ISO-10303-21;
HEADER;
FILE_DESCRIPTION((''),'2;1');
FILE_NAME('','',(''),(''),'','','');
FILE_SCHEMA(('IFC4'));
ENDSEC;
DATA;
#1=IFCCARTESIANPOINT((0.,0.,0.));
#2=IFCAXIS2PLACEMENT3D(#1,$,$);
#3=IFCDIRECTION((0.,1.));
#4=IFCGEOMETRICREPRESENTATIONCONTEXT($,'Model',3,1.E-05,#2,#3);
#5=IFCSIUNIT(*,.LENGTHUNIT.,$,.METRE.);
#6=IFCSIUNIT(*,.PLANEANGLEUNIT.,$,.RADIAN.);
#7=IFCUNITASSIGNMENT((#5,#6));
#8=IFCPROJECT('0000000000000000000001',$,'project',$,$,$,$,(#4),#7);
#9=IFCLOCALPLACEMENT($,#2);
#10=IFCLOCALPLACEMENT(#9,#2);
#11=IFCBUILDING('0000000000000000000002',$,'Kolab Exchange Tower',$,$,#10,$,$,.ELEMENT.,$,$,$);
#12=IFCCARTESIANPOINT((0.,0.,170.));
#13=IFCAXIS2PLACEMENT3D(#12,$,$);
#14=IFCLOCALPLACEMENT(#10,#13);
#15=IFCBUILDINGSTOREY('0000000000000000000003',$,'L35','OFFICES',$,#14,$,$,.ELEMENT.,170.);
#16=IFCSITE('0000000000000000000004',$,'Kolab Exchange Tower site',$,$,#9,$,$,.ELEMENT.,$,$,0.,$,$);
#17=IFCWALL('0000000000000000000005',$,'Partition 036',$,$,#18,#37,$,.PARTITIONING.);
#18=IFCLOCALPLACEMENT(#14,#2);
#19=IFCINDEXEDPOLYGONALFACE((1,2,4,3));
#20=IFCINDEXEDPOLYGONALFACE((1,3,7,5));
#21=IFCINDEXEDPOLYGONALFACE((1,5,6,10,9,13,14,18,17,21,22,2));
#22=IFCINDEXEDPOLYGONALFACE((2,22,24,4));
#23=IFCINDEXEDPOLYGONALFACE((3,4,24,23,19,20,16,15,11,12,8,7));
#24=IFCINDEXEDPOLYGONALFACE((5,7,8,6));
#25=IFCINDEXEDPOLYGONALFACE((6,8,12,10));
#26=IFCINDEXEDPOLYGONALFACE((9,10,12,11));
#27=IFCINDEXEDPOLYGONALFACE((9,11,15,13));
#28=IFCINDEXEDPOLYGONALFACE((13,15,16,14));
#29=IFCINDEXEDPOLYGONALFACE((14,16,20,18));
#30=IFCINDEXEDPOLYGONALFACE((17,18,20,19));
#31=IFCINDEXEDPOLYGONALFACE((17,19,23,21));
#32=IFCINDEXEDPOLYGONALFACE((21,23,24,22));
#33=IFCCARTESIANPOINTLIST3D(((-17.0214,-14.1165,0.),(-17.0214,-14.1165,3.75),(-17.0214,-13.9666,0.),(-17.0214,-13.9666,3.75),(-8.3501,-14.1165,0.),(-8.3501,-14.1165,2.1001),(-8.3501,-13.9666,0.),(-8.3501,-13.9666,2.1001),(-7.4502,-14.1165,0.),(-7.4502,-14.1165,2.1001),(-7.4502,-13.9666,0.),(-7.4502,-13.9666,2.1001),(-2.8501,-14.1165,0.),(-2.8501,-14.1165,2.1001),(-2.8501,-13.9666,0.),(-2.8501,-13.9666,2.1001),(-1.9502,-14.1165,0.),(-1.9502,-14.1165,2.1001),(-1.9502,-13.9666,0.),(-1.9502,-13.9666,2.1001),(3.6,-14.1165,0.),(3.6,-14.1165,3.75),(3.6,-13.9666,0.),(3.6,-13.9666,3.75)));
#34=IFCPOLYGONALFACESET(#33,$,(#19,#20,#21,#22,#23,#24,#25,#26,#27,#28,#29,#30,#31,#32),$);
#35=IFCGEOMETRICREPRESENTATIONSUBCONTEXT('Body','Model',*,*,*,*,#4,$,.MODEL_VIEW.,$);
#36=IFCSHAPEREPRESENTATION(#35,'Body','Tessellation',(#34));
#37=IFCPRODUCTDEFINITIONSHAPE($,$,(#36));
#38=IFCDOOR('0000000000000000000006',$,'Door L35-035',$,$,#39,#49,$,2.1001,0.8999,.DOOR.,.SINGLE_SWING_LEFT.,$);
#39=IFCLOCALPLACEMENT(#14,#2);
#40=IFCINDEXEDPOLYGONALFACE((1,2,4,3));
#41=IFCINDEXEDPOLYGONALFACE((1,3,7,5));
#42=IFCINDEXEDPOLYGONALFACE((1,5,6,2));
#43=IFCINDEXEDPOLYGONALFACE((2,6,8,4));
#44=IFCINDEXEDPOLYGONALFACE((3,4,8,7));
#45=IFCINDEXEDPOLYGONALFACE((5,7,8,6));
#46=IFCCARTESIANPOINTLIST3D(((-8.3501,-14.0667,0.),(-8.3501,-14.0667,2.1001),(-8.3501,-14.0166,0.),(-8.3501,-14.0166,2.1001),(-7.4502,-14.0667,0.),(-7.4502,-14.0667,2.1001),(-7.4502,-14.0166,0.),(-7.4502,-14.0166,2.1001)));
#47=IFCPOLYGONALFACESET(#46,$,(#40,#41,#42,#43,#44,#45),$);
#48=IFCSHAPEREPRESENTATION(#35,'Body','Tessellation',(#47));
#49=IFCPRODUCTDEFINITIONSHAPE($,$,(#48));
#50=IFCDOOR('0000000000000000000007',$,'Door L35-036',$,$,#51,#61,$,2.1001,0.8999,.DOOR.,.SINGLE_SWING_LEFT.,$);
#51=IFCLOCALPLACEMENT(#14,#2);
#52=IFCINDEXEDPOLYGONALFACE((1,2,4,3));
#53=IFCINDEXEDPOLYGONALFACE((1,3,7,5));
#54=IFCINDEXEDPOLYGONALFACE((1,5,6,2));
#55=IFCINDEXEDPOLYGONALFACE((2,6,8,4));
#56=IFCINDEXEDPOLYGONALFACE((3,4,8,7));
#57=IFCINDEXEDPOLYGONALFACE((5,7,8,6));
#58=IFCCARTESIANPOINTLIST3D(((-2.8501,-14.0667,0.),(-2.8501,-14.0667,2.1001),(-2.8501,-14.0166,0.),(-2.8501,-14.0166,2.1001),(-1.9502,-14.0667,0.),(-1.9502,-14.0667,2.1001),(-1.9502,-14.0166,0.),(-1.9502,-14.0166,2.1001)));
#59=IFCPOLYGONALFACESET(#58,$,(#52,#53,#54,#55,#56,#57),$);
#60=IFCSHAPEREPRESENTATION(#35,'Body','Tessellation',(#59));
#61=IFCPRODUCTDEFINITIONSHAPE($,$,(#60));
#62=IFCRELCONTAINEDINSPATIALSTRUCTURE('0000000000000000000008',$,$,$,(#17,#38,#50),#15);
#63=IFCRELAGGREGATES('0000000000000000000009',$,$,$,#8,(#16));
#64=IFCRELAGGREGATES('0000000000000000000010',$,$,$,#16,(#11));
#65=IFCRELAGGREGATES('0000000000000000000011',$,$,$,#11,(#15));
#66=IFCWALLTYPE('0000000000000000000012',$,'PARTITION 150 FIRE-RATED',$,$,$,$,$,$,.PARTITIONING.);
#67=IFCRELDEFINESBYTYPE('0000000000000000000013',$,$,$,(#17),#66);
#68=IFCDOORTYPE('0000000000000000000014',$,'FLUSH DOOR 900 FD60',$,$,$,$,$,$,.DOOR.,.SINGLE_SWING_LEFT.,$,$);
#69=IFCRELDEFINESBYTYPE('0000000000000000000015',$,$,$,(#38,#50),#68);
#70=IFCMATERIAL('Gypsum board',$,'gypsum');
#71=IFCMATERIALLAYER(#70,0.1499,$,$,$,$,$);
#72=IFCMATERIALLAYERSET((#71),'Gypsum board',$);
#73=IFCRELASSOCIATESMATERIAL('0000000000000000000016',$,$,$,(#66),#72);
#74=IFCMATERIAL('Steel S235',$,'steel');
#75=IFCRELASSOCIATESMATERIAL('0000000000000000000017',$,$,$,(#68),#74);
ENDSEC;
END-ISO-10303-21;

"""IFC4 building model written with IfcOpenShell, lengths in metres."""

from ifc_helpers import new_model, si_unit, direction, frame, frame_2d, origin, place, context, subcontext, project, spatial, rectangle, extrude, material, layer, layer_set, type_object, element, fill, save


model = new_model("IFC4")

# Units and contexts
model_context = context("Model", 3, precision=1e-05, world=origin(), true_north=direction((0.0, 1.0)))
body_context = subcontext(model_context, "Body", "Model", "MODEL_VIEW")
ifc_project = project(units=[si_unit("LENGTHUNIT", "METRE"), si_unit("PLANEANGLEUNIT", "RADIAN")], contexts=[model_context])

# Site, building, storey
site_placement = place(None, origin())
site = spatial("IfcSite", under=ifc_project, at=site_placement, Name="Kolab Exchange Tower site", CompositionType="ELEMENT", RefElevation=0.0)
building_placement = place(site_placement, origin())
building = spatial("IfcBuilding", under=site, at=building_placement, Name="Kolab Exchange Tower", CompositionType="ELEMENT")
storey_placement = place(building_placement, frame((0.0, 0.0, 170.0)))
storey = spatial("IfcBuildingStorey", under=building, at=storey_placement, Name="L35", Description="OFFICES", CompositionType="ELEMENT", Elevation=170.0)

# Shared definitions
ifc_material_1 = material(Name="Gypsum board", Category="gypsum")

# Wall, openings, doors
ifc_layer_1 = layer(ifc_material_1, 0.1499)
ifc_layer_set_1 = layer_set([ifc_layer_1], Name="Gypsum board")
wall_type_1 = type_object("IfcWallType", Name="PARTITION 150 FIRE-RATED", PredefinedType="PARTITIONING", material=ifc_layer_set_1)
ifc_material_2 = material(Name="Steel S235", Category="steel")
wall_1_placement = place(storey_placement, frame((-17.0212, -14.0415, 0.0), z_axis=(0.0, 0.0, 1.0), x_axis=(1.0, 0.0, 0.0)))
wall_1 = element("IfcWall", 1, at=wall_1_placement, inside=storey, type_object=wall_type_1, Name="Partition 036", PredefinedType="PARTITIONING", context=body_context, shape_type="SweptSolid", body=[
    extrude(rectangle(XDim=20.6213, YDim=0.1499, at=frame_2d((10.3105, 0.0))), origin(), (0.0, 0.0, 1.0), 3.75),
])
opening_1_placement = place(wall_1_placement, frame((8.6711, 0.0, 0.0)))
opening_1 = element("IfcOpeningElement", 2, at=opening_1_placement, cuts=wall_1, PredefinedType="OPENING", context=body_context, shape_type="SweptSolid", body=[
    extrude(rectangle(XDim=0.8999, YDim=2.1001, at=frame_2d((0.45, 1.05))), frame((0.0, 0.085, 0.0), z_axis=(0.0, -1.0, 0.0), x_axis=(1.0, 0.0, 0.0)), (0.0, 0.0, 1.0), 0.1699),
])
opening_2_placement = place(wall_1_placement, frame((14.1711, 0.0, 0.0)))
opening_2 = element("IfcOpeningElement", 3, at=opening_2_placement, cuts=wall_1, PredefinedType="OPENING", context=body_context, shape_type="SweptSolid", body=[
    extrude(rectangle(XDim=0.8999, YDim=2.1001, at=frame_2d((0.45, 1.05))), frame((0.0, 0.085, 0.0), z_axis=(0.0, -1.0, 0.0), x_axis=(1.0, 0.0, 0.0)), (0.0, 0.0, 1.0), 0.1699),
])
door_type_1 = type_object("IfcDoorType", Name="FLUSH DOOR 900 FD60", OperationType="SINGLE_SWING_LEFT", PredefinedType="DOOR", material=ifc_material_2)
door_1_placement = place(opening_1_placement, origin())
door_1 = element("IfcDoor", 4, at=door_1_placement, inside=storey, type_object=door_type_1, Name="Door L35-035", OperationType="SINGLE_SWING_LEFT", OverallHeight=2.1001, OverallWidth=0.8999, PredefinedType="DOOR", context=body_context, shape_type="SweptSolid", body=[
    extrude(rectangle(XDim=0.8999, YDim=2.1001, at=frame_2d((0.45, 1.05))), frame((0.0, 0.0249, 0.0), z_axis=(0.0, -1.0, 0.0), x_axis=(1.0, 0.0, 0.0)), (0.0, 0.0, 1.0), 0.05),
])
fill(opening_1, door_1)
door_2_placement = place(opening_2_placement, origin())
door_2 = element("IfcDoor", 5, at=door_2_placement, inside=storey, type_object=door_type_1, Name="Door L35-036", OperationType="SINGLE_SWING_LEFT", OverallHeight=2.1001, OverallWidth=0.8999, PredefinedType="DOOR", context=body_context, shape_type="SweptSolid", body=[
    extrude(rectangle(XDim=0.8999, YDim=2.1001, at=frame_2d((0.45, 1.05))), frame((0.0, 0.0249, 0.0), z_axis=(0.0, -1.0, 0.0), x_axis=(1.0, 0.0, 0.0)), (0.0, 0.0, 1.0), 0.05),
])
fill(opening_2, door_2)

save(model, "model.ifc")
